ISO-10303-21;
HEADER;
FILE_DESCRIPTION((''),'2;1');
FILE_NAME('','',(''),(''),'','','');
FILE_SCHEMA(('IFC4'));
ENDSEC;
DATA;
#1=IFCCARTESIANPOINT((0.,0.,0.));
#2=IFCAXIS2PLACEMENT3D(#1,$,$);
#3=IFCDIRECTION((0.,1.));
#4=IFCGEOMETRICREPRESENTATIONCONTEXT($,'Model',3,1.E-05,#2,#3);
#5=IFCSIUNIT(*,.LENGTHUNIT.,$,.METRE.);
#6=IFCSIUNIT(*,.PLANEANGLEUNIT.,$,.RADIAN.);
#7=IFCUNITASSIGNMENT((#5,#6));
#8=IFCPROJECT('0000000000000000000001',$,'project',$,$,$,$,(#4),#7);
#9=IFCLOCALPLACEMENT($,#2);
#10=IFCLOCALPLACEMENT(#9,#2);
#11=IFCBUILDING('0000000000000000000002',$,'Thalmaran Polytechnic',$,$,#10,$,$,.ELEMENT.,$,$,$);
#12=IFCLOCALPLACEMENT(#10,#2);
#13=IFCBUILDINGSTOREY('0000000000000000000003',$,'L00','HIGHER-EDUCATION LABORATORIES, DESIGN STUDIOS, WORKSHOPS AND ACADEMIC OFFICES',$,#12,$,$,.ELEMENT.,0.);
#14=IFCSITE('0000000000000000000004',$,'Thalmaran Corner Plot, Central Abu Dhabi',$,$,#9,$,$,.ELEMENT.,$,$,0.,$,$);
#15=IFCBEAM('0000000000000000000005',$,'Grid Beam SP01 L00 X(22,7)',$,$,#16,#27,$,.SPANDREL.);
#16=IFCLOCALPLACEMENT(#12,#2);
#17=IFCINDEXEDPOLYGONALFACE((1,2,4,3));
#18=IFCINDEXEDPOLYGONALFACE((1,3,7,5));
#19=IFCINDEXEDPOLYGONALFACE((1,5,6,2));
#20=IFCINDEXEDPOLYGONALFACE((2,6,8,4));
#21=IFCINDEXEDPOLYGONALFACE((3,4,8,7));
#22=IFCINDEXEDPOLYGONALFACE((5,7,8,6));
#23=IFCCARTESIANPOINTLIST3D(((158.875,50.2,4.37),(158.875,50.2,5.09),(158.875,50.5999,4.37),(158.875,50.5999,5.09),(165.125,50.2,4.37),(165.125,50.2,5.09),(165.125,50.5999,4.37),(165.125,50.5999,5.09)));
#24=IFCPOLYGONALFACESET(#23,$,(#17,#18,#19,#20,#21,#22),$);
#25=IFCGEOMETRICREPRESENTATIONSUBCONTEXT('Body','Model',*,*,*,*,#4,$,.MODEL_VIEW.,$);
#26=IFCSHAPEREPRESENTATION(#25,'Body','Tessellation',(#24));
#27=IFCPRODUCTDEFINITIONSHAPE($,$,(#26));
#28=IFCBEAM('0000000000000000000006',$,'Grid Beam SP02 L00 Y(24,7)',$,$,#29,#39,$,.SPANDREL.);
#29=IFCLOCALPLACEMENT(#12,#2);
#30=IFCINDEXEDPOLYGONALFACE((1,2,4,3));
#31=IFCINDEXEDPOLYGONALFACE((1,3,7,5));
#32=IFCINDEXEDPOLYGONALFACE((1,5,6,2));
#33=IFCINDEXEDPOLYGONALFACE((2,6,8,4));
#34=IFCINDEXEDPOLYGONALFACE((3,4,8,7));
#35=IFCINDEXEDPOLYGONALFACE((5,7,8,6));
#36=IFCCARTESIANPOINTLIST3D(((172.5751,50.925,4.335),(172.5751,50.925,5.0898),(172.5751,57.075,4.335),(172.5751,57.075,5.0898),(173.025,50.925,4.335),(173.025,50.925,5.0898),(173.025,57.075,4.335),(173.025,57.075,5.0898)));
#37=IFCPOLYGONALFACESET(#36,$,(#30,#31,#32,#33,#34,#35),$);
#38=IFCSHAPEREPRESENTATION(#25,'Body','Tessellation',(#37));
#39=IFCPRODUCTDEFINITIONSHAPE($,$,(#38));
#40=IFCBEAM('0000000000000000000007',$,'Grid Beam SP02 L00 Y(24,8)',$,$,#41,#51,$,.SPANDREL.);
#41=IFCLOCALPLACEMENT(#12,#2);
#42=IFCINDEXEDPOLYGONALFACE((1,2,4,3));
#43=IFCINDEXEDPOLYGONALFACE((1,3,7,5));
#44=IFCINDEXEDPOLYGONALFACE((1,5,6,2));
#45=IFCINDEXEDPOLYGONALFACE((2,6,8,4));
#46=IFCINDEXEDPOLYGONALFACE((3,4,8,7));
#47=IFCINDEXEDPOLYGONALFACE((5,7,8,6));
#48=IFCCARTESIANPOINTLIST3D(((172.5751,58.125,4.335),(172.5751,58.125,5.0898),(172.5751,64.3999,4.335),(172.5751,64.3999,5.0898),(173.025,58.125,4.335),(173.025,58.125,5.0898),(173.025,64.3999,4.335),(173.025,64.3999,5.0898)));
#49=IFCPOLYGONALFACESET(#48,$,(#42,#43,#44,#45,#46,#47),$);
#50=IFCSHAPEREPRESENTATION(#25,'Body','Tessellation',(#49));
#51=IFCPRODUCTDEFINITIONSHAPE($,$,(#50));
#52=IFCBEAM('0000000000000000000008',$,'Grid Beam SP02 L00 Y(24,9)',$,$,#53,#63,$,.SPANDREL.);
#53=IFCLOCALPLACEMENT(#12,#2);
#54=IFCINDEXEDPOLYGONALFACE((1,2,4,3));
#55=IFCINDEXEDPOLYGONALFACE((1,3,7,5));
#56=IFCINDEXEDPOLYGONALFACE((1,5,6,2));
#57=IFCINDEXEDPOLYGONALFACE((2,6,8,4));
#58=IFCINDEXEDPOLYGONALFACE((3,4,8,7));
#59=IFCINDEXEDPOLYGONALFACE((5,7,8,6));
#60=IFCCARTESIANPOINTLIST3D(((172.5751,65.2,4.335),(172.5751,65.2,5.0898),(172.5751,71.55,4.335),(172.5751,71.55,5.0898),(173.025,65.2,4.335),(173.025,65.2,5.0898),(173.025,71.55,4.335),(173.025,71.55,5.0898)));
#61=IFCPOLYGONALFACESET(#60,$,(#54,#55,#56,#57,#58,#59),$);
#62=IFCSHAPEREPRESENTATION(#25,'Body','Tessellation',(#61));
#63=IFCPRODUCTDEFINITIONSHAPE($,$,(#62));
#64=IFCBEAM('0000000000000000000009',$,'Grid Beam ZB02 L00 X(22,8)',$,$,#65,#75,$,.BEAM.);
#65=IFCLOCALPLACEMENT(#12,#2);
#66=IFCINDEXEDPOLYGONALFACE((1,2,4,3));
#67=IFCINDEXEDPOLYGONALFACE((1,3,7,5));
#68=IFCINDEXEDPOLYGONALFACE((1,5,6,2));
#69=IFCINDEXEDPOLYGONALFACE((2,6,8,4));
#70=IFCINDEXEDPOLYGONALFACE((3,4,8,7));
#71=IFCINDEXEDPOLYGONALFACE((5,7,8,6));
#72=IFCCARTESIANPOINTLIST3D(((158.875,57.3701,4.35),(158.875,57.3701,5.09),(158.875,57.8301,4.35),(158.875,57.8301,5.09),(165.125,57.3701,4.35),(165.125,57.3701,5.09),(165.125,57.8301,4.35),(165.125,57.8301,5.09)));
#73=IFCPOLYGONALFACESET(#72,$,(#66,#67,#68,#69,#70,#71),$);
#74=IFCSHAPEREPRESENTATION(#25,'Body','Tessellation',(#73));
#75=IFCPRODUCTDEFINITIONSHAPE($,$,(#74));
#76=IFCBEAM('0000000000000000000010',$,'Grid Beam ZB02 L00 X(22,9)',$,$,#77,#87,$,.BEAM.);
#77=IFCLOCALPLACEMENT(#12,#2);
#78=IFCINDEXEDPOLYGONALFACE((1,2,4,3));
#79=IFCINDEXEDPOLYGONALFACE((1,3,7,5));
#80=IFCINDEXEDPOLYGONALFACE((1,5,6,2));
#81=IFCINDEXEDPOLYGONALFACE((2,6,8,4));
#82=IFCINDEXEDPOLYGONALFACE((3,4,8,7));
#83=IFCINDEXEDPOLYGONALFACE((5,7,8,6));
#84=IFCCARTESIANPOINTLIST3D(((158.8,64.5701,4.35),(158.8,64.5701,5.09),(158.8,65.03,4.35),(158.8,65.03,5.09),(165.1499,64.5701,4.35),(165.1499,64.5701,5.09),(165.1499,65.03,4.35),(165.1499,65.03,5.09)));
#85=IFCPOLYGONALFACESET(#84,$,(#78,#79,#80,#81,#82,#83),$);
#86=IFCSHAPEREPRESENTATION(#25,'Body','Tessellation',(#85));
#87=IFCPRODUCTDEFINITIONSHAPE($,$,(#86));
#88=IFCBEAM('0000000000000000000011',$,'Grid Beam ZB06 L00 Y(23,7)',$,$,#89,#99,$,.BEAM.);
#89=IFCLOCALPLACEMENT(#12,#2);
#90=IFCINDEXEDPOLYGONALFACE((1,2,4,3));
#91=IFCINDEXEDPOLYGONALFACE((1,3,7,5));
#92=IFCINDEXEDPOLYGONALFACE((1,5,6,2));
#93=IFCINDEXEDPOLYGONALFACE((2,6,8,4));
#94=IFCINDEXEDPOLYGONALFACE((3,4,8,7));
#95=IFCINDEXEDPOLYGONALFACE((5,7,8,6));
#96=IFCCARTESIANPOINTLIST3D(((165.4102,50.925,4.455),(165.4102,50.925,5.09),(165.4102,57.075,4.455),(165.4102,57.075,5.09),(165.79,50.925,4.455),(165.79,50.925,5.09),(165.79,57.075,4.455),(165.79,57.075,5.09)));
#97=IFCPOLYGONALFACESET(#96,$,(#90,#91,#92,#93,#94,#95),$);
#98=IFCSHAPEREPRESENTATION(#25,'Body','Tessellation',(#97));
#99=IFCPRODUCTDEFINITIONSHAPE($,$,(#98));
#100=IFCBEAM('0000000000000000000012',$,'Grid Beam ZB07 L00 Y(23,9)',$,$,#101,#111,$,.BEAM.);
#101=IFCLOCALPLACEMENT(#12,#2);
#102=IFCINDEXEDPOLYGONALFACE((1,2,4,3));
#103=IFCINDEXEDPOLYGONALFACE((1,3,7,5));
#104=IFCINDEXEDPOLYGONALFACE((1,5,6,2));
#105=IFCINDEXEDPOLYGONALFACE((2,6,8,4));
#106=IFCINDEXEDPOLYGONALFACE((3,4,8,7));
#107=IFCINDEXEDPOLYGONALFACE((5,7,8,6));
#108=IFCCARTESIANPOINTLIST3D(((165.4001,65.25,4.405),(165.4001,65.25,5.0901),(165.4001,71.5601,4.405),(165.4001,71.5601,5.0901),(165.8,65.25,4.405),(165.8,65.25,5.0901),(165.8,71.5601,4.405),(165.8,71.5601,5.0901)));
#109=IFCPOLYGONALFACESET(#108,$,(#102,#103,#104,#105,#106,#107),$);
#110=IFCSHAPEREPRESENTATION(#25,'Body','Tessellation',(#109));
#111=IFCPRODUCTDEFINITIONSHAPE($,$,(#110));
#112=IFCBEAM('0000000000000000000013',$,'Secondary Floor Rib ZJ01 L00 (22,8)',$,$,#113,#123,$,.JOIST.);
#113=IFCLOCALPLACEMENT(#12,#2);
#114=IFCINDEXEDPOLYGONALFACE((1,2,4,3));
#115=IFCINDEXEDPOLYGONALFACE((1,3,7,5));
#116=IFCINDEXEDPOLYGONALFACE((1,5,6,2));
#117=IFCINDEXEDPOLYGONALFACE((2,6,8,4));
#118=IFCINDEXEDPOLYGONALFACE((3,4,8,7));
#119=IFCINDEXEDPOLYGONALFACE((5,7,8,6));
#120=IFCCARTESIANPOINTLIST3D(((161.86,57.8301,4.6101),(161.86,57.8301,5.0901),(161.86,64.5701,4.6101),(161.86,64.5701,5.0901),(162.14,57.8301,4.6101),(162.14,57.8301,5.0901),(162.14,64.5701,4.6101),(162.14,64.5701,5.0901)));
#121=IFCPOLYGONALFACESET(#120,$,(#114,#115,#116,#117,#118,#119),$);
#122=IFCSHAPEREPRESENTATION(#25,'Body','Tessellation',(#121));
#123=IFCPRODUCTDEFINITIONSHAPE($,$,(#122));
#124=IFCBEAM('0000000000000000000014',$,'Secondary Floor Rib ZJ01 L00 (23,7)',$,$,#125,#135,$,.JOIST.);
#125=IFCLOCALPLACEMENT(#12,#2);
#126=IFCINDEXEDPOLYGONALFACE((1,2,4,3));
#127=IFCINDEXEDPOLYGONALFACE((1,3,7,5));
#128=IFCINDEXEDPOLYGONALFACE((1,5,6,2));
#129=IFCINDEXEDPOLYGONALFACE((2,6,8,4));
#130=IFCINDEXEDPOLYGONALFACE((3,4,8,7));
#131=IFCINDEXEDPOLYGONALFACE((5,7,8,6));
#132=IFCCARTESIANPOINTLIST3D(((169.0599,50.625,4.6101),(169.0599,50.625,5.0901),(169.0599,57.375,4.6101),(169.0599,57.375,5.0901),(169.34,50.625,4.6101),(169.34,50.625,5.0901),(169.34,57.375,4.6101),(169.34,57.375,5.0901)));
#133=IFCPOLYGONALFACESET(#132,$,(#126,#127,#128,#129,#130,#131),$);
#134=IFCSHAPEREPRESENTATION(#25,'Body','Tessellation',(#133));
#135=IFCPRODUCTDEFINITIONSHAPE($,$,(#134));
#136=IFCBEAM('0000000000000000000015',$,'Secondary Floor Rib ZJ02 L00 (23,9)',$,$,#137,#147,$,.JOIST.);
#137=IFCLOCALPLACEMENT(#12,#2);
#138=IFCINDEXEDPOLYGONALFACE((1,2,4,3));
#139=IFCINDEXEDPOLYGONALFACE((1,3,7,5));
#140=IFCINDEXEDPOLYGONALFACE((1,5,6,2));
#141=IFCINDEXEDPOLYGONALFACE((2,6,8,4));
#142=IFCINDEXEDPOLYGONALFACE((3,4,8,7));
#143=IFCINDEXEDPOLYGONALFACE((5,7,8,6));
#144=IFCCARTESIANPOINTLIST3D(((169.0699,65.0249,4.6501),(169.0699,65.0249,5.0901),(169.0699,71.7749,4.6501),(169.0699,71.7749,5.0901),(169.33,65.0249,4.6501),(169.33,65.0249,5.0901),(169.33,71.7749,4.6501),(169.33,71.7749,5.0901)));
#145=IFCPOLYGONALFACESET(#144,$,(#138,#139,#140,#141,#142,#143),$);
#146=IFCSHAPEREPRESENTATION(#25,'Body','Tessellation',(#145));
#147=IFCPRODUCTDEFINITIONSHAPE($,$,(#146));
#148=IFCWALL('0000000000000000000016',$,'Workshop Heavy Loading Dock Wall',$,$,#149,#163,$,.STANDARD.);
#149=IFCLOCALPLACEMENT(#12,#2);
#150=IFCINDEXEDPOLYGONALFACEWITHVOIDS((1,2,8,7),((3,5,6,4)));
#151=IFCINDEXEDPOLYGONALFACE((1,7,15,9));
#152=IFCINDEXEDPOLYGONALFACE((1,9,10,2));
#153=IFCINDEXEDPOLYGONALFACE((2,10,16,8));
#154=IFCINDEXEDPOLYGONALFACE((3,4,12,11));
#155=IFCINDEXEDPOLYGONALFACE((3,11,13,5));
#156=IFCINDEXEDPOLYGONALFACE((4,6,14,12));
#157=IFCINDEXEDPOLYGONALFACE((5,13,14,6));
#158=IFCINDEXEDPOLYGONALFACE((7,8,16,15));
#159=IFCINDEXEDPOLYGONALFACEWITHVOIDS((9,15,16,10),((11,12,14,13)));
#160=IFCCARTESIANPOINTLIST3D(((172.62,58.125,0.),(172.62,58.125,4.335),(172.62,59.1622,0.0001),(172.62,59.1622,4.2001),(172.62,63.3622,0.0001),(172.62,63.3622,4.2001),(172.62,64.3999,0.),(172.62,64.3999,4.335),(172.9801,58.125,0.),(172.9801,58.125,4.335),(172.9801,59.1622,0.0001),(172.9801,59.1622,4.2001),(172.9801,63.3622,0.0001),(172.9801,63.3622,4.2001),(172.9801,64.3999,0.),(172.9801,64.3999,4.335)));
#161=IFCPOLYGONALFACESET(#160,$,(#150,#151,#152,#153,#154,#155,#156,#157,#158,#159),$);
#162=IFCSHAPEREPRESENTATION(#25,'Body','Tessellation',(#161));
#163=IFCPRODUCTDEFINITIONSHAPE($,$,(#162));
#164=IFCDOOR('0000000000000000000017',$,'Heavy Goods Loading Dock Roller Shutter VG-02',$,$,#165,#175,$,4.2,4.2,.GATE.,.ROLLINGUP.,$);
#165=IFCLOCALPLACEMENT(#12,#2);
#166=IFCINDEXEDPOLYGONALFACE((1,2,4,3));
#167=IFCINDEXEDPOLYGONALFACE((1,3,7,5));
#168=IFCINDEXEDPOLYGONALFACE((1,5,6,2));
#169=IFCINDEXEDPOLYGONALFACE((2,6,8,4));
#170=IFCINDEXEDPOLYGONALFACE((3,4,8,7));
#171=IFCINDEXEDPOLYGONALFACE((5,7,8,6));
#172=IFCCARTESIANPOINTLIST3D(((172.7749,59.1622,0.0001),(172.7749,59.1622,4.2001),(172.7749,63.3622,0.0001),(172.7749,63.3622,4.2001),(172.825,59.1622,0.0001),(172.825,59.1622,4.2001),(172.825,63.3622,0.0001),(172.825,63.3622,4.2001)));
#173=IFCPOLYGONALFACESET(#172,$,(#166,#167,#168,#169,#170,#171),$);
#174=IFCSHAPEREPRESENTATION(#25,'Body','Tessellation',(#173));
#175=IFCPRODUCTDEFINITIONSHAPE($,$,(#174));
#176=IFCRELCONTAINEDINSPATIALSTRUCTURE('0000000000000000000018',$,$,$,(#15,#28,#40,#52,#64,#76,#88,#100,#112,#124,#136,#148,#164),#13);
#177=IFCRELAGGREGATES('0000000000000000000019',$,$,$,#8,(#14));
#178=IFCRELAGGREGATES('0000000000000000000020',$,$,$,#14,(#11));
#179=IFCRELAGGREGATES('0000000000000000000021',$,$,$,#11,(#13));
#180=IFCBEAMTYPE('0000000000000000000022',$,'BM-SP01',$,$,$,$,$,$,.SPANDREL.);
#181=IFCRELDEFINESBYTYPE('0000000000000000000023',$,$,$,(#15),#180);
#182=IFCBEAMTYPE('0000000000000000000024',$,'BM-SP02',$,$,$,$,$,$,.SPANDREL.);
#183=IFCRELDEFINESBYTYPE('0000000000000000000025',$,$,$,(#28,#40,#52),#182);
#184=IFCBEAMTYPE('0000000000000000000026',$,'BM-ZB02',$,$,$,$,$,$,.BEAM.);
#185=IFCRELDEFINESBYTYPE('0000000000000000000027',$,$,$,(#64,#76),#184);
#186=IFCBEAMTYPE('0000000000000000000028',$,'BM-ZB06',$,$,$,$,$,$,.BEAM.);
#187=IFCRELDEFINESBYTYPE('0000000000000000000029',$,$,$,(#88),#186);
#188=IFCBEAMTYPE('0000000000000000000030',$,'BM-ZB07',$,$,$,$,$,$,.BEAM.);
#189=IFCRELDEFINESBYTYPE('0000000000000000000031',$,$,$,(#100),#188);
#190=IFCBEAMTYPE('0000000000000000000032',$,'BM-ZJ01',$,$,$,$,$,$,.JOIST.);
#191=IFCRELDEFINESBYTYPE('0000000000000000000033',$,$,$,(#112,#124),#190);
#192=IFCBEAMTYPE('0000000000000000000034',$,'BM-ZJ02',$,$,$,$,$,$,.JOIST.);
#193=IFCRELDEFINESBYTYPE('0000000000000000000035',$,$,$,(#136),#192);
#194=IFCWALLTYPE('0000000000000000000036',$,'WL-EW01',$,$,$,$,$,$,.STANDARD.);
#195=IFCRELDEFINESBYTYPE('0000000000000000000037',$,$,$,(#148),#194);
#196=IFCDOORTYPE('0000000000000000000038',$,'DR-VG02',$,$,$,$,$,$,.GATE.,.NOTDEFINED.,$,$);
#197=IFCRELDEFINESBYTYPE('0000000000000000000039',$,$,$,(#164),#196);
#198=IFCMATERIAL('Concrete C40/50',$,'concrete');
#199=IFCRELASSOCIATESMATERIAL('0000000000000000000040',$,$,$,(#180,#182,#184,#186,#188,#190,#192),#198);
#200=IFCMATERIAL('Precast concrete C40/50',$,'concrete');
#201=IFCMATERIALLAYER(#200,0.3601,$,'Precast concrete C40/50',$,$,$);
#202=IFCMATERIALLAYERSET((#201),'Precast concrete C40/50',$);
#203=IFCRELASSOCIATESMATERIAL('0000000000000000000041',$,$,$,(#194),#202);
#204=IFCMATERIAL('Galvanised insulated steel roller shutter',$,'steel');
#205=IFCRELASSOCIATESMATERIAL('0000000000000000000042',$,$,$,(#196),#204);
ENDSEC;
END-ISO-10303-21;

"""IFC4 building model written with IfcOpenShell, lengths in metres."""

from ifc_helpers import new_model, si_unit, direction, frame, frame_2d, origin, origin_2d, place, context, subcontext, project, spatial, rectangle, extrude, material, layer, layer_set, material_profile, profile_set, type_object, element, fill, save


model = new_model("IFC4")

# Units and contexts
model_context = context("Model", 3, precision=1e-05, world=origin(), true_north=direction((0.0, 1.0)))
body_context = subcontext(model_context, "Body", "Model", "MODEL_VIEW")
ifc_project = project(units=[si_unit("LENGTHUNIT", "METRE"), si_unit("PLANEANGLEUNIT", "RADIAN")], contexts=[model_context])

# Site, building, storey
site_placement = place(None, origin())
site = spatial("IfcSite", under=ifc_project, at=site_placement, Name="Thalmaran Corner Plot, Central Abu Dhabi", CompositionType="ELEMENT", RefElevation=0.0)
building_placement = place(site_placement, origin())
building = spatial("IfcBuilding", under=site, at=building_placement, Name="Thalmaran Polytechnic", CompositionType="ELEMENT")
storey_placement = place(building_placement, origin())
storey = spatial("IfcBuildingStorey", under=building, at=storey_placement, Name="L00", Description="HIGHER-EDUCATION LABORATORIES, DESIGN STUDIOS, WORKSHOPS AND ACADEMIC OFFICES", CompositionType="ELEMENT", Elevation=0.0)

# Shared definitions
ifc_material_1 = material(Name="Concrete C40/50", Category="concrete")

# Beams
ifc_material_profile_1 = material_profile(ifc_material_1, rectangle(XDim=0.3999, YDim=0.72, at=origin_2d()), Name="RC 400x720")
ifc_profile_set_1 = profile_set([ifc_material_profile_1], Name="Concrete C40/50")
beam_type_1 = type_object("IfcBeamType", Name="BM-SP01", PredefinedType="SPANDREL", material=ifc_profile_set_1)
beam_1_placement = place(storey_placement, frame((158.875, 50.3999, 4.73), z_axis=(1.0, 0.0, 0.0), x_axis=(0.0, 1.0, 0.0)))
element("IfcBeam", 1, at=beam_1_placement, inside=storey, type_object=beam_type_1, Name="Grid Beam SP01 L00 X(22,7)", PredefinedType="SPANDREL", context=body_context, shape_type="SweptSolid", body=[
    extrude(rectangle(XDim=0.3999, YDim=0.72, at=origin_2d()), origin(), (0.0, 0.0, 1.0), 6.25),
])
ifc_material_profile_2 = material_profile(ifc_material_1, rectangle(XDim=0.45, YDim=0.7549, at=origin_2d()), Name="RC 450x755")
ifc_profile_set_2 = profile_set([ifc_material_profile_2], Name="Concrete C40/50")
beam_type_2 = type_object("IfcBeamType", Name="BM-SP02", PredefinedType="SPANDREL", material=ifc_profile_set_2)
beam_2_placement = place(storey_placement, frame((172.8, 50.925, 4.7124), z_axis=(0.0, 1.0, 0.0), x_axis=(-1.0, 0.0, 0.0)))
element("IfcBeam", 2, at=beam_2_placement, inside=storey, type_object=beam_type_2, Name="Grid Beam SP02 L00 Y(24,7)", PredefinedType="SPANDREL", context=body_context, shape_type="SweptSolid", body=[
    extrude(rectangle(XDim=0.45, YDim=0.7549, at=origin_2d()), origin(), (0.0, 0.0, 1.0), 6.1499),
])
beam_3_placement = place(storey_placement, frame((172.8, 58.125, 4.7124), z_axis=(0.0, 1.0, 0.0), x_axis=(-1.0, 0.0, 0.0)))
element("IfcBeam", 3, at=beam_3_placement, inside=storey, type_object=beam_type_2, Name="Grid Beam SP02 L00 Y(24,8)", PredefinedType="SPANDREL", context=body_context, shape_type="SweptSolid", body=[
    extrude(rectangle(XDim=0.45, YDim=0.7549, at=origin_2d()), origin(), (0.0, 0.0, 1.0), 6.2749),
])
beam_4_placement = place(storey_placement, frame((172.8, 65.2, 4.7124), z_axis=(0.0, 1.0, 0.0), x_axis=(-1.0, 0.0, 0.0)))
element("IfcBeam", 4, at=beam_4_placement, inside=storey, type_object=beam_type_2, Name="Grid Beam SP02 L00 Y(24,9)", PredefinedType="SPANDREL", context=body_context, shape_type="SweptSolid", body=[
    extrude(rectangle(XDim=0.45, YDim=0.7549, at=origin_2d()), origin(), (0.0, 0.0, 1.0), 6.3501),
])
ifc_material_profile_3 = material_profile(ifc_material_1, rectangle(XDim=0.46, YDim=0.74, at=origin_2d()), Name="RC 460x740")
ifc_profile_set_3 = profile_set([ifc_material_profile_3], Name="Concrete C40/50")
beam_type_3 = type_object("IfcBeamType", Name="BM-ZB02", PredefinedType="BEAM", material=ifc_profile_set_3)
beam_5_placement = place(storey_placement, frame((158.875, 57.6001, 4.72), z_axis=(1.0, 0.0, 0.0), x_axis=(0.0, 1.0, 0.0)))
element("IfcBeam", 5, at=beam_5_placement, inside=storey, type_object=beam_type_3, Name="Grid Beam ZB02 L00 X(22,8)", PredefinedType="BEAM", context=body_context, shape_type="SweptSolid", body=[
    extrude(rectangle(XDim=0.46, YDim=0.74, at=origin_2d()), origin(), (0.0, 0.0, 1.0), 6.25),
])
beam_6_placement = place(storey_placement, frame((158.8, 64.8, 4.72), z_axis=(1.0, 0.0, 0.0), x_axis=(0.0, 1.0, 0.0)))
element("IfcBeam", 6, at=beam_6_placement, inside=storey, type_object=beam_type_3, Name="Grid Beam ZB02 L00 X(22,9)", PredefinedType="BEAM", context=body_context, shape_type="SweptSolid", body=[
    extrude(rectangle(XDim=0.46, YDim=0.74, at=origin_2d()), origin(), (0.0, 0.0, 1.0), 6.3499),
])
ifc_material_profile_4 = material_profile(ifc_material_1, rectangle(XDim=0.3799, YDim=0.635, at=origin_2d()), Name="RC 380x635")
ifc_profile_set_4 = profile_set([ifc_material_profile_4], Name="Concrete C40/50")
beam_type_4 = type_object("IfcBeamType", Name="BM-ZB06", PredefinedType="BEAM", material=ifc_profile_set_4)
beam_7_placement = place(storey_placement, frame((165.6001, 50.925, 4.7725), z_axis=(0.0, 1.0, 0.0), x_axis=(-1.0, 0.0, 0.0)))
element("IfcBeam", 7, at=beam_7_placement, inside=storey, type_object=beam_type_4, Name="Grid Beam ZB06 L00 Y(23,7)", PredefinedType="BEAM", context=body_context, shape_type="SweptSolid", body=[
    extrude(rectangle(XDim=0.3799, YDim=0.635, at=origin_2d()), origin(), (0.0, 0.0, 1.0), 6.1499),
])
ifc_material_profile_5 = material_profile(ifc_material_1, rectangle(XDim=0.3999, YDim=0.6851, at=origin_2d()), Name="RC 400x685")
ifc_profile_set_5 = profile_set([ifc_material_profile_5], Name="Concrete C40/50")
beam_type_5 = type_object("IfcBeamType", Name="BM-ZB07", PredefinedType="BEAM", material=ifc_profile_set_5)
beam_8_placement = place(storey_placement, frame((165.6001, 65.25, 4.7476), z_axis=(0.0, 1.0, 0.0), x_axis=(-1.0, 0.0, 0.0)))
element("IfcBeam", 8, at=beam_8_placement, inside=storey, type_object=beam_type_5, Name="Grid Beam ZB07 L00 Y(23,9)", PredefinedType="BEAM", context=body_context, shape_type="SweptSolid", body=[
    extrude(rectangle(XDim=0.3999, YDim=0.6851, at=origin_2d()), origin(), (0.0, 0.0, 1.0), 6.3101),
])
ifc_material_profile_6 = material_profile(ifc_material_1, rectangle(XDim=0.28, YDim=0.48, at=origin_2d()), Name="RC 280x480")
ifc_profile_set_6 = profile_set([ifc_material_profile_6], Name="Concrete C40/50")
beam_type_6 = type_object("IfcBeamType", Name="BM-ZJ01", PredefinedType="JOIST", material=ifc_profile_set_6)
beam_9_placement = place(storey_placement, frame((162.0, 57.8301, 4.8501), z_axis=(0.0, 1.0, 0.0), x_axis=(-1.0, 0.0, 0.0)))
element("IfcBeam", 9, at=beam_9_placement, inside=storey, type_object=beam_type_6, Name="Secondary Floor Rib ZJ01 L00 (22,8)", PredefinedType="JOIST", context=body_context, shape_type="SweptSolid", body=[
    extrude(rectangle(XDim=0.28, YDim=0.48, at=origin_2d()), origin(), (0.0, 0.0, 1.0), 6.74),
])
beam_10_placement = place(storey_placement, frame((169.2, 50.625, 4.8501), z_axis=(0.0, 1.0, 0.0), x_axis=(-1.0, 0.0, 0.0)))
element("IfcBeam", 10, at=beam_10_placement, inside=storey, type_object=beam_type_6, Name="Secondary Floor Rib ZJ01 L00 (23,7)", PredefinedType="JOIST", context=body_context, shape_type="SweptSolid", body=[
    extrude(rectangle(XDim=0.28, YDim=0.48, at=origin_2d()), origin(), (0.0, 0.0, 1.0), 6.75),
])
ifc_material_profile_7 = material_profile(ifc_material_1, rectangle(XDim=0.26, YDim=0.4399, at=origin_2d()), Name="RC 260x440")
ifc_profile_set_7 = profile_set([ifc_material_profile_7], Name="Concrete C40/50")
beam_type_7 = type_object("IfcBeamType", Name="BM-ZJ02", PredefinedType="JOIST", material=ifc_profile_set_7)
beam_11_placement = place(storey_placement, frame((169.2, 65.0249, 4.8701), z_axis=(0.0, 1.0, 0.0), x_axis=(-1.0, 0.0, 0.0)))
element("IfcBeam", 11, at=beam_11_placement, inside=storey, type_object=beam_type_7, Name="Secondary Floor Rib ZJ02 L00 (23,9)", PredefinedType="JOIST", context=body_context, shape_type="SweptSolid", body=[
    extrude(rectangle(XDim=0.26, YDim=0.4399, at=origin_2d()), origin(), (0.0, 0.0, 1.0), 6.75),
])

# Wall, opening, door
ifc_material_2 = material(Name="Precast concrete C40/50", Category="concrete")
ifc_layer_1 = layer(ifc_material_2, 0.3601, Name="Precast concrete C40/50")
ifc_layer_set_1 = layer_set([ifc_layer_1], Name="Precast concrete C40/50")
wall_type_1 = type_object("IfcWallType", Name="WL-EW01", PredefinedType="STANDARD", material=ifc_layer_set_1)
wall_1_placement = place(storey_placement, frame((172.8, 64.3999, 0.0), z_axis=(0.0, 0.0, 1.0), x_axis=(0.0, -1.0, 0.0)))
wall_1 = element("IfcWall", 12, at=wall_1_placement, inside=storey, type_object=wall_type_1, Name="Workshop Heavy Loading Dock Wall", PredefinedType="STANDARD", context=body_context, shape_type="SweptSolid", body=[
    extrude(rectangle(XDim=6.2749, YDim=0.3601, at=frame_2d((3.1375, 0.0))), origin(), (0.0, 0.0, 1.0), 4.335),
])
opening_1_placement = place(wall_1_placement, frame((1.0376, 0.0, 0.0)))
opening_1 = element("IfcOpeningElement", 13, at=opening_1_placement, cuts=wall_1, PredefinedType="OPENING", context=body_context, shape_type="SweptSolid", body=[
    extrude(rectangle(XDim=4.2, YDim=4.2, at=frame_2d((2.1001, 2.1001))), frame((0.0, 0.1899, 0.0), z_axis=(0.0, -1.0, 0.0), x_axis=(1.0, 0.0, 0.0)), (0.0, 0.0, 1.0), 0.3801),
])
ifc_material_3 = material(Name="Galvanised insulated steel roller shutter", Category="steel")
door_type_1 = type_object("IfcDoorType", Name="DR-VG02", OperationType="NOTDEFINED", PredefinedType="GATE", material=ifc_material_3)
door_1_placement = place(opening_1_placement, origin())
door_1 = element("IfcDoor", 14, at=door_1_placement, inside=storey, type_object=door_type_1, Name="Heavy Goods Loading Dock Roller Shutter VG-02", OperationType="ROLLINGUP", OverallHeight=4.2, OverallWidth=4.2, PredefinedType="GATE", context=body_context, shape_type="SweptSolid", body=[
    extrude(rectangle(XDim=4.2, YDim=4.2, at=frame_2d((2.1001, 2.1001))), frame((0.0, 0.0249, 0.0), z_axis=(0.0, -1.0, 0.0), x_axis=(1.0, 0.0, 0.0)), (0.0, 0.0, 1.0), 0.05),
])
fill(opening_1, door_1)

save(model, "model.ifc")
